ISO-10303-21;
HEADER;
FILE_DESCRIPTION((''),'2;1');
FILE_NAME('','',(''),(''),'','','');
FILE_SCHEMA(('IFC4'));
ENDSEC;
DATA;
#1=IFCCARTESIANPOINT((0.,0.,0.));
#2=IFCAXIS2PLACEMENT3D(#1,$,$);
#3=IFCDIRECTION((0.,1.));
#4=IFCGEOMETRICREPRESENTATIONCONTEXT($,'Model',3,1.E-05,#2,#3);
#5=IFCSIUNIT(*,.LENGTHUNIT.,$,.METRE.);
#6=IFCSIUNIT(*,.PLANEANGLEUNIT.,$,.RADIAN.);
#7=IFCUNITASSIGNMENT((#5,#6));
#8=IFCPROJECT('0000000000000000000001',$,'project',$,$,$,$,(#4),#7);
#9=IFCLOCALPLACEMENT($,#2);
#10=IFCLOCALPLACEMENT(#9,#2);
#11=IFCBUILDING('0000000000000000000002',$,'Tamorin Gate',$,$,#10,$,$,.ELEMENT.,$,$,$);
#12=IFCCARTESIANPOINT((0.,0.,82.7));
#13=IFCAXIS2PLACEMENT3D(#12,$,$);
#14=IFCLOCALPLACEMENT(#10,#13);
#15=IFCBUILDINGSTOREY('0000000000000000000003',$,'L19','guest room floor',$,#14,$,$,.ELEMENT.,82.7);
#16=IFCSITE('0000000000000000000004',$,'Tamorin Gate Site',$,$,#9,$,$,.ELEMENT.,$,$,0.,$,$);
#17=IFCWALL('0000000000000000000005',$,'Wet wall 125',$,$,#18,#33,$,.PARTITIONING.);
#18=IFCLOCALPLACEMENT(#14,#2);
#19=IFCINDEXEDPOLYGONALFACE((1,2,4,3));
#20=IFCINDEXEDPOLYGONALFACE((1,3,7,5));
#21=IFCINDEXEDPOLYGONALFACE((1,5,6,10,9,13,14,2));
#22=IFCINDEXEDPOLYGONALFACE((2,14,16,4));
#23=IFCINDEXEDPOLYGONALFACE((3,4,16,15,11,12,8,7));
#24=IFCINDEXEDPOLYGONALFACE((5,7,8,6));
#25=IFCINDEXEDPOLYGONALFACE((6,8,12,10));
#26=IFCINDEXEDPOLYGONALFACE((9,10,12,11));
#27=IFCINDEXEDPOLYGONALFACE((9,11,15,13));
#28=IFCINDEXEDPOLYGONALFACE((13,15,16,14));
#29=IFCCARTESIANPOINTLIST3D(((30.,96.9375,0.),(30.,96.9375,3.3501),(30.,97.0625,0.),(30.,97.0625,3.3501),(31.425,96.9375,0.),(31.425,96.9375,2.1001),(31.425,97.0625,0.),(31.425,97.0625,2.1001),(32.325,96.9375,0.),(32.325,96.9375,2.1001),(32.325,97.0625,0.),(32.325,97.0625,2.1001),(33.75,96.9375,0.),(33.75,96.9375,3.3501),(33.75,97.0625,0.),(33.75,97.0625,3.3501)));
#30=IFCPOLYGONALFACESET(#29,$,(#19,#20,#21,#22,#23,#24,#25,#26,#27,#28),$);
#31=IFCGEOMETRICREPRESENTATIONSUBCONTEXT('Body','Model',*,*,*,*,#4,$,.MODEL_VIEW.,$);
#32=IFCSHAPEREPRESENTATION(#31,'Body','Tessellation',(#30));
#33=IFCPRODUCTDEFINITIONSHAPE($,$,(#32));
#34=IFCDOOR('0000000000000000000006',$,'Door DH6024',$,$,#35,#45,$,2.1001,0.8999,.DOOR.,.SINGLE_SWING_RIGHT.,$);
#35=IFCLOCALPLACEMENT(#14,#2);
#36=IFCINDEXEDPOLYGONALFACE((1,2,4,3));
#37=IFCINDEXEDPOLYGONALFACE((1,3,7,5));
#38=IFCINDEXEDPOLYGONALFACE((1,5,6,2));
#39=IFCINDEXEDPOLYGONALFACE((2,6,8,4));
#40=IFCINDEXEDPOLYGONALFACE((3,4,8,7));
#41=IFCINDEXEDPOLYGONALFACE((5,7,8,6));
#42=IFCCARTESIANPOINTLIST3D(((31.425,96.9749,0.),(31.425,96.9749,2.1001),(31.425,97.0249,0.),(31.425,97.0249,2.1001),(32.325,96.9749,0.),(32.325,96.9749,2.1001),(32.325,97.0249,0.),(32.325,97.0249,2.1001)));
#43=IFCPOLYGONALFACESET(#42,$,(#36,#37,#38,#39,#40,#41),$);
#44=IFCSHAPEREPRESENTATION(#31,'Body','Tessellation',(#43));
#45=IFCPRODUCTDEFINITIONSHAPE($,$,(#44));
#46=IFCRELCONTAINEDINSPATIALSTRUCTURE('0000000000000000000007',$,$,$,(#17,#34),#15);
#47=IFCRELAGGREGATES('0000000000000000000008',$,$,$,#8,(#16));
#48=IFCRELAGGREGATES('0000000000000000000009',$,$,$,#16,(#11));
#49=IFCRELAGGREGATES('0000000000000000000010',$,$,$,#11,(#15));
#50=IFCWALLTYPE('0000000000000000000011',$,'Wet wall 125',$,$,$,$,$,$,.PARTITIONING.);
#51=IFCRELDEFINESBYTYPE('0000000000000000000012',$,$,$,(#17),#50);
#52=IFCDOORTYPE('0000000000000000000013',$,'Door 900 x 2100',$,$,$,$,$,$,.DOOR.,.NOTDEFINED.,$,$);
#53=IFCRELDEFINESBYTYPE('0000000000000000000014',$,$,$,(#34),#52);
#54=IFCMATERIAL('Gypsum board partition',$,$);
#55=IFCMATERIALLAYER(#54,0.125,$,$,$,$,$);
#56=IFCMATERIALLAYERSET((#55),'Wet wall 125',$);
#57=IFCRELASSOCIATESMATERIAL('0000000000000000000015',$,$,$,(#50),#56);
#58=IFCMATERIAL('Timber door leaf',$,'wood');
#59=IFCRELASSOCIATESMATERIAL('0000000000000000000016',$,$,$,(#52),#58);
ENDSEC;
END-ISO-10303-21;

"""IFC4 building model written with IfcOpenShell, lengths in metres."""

from ifc_helpers import new_model, si_unit, direction, frame, frame_2d, origin, place, context, subcontext, project, spatial, rectangle, extrude, material, layer, layer_set, type_object, element, fill, save


model = new_model("IFC4")

# Units and contexts
model_context = context("Model", 3, precision=1e-05, world=origin(), true_north=direction((0.0, 1.0)))
body_context = subcontext(model_context, "Body", "Model", "MODEL_VIEW")
ifc_project = project(units=[si_unit("LENGTHUNIT", "METRE"), si_unit("PLANEANGLEUNIT", "RADIAN")], contexts=[model_context])

# Site, building, storey
site_placement = place(None, origin())
site = spatial("IfcSite", under=ifc_project, at=site_placement, Name="Tamorin Gate Site", CompositionType="ELEMENT", RefElevation=0.0)
building_placement = place(site_placement, origin())
building = spatial("IfcBuilding", under=site, at=building_placement, Name="Tamorin Gate", CompositionType="ELEMENT")
storey_placement = place(building_placement, frame((0.0, 0.0, 82.7)))
storey = spatial("IfcBuildingStorey", under=building, at=storey_placement, Name="L19", Description="guest room floor", CompositionType="ELEMENT", Elevation=82.7)

# Shared definitions
ifc_material_1 = material(Name="Gypsum board partition")
ifc_material_2 = material(Name="Timber door leaf", Category="wood")

# Wall, opening, door
ifc_layer_1 = layer(ifc_material_1, 0.125)
ifc_layer_set_1 = layer_set([ifc_layer_1], Name="Wet wall 125")
wall_type_1 = type_object("IfcWallType", Name="Wet wall 125", PredefinedType="PARTITIONING", material=ifc_layer_set_1)
wall_1_placement = place(storey_placement, frame((30.0, 97.0, 0.0), z_axis=(0.0, 0.0, 1.0), x_axis=(1.0, 0.0, 0.0)))
wall_1 = element("IfcWall", 1, at=wall_1_placement, inside=storey, type_object=wall_type_1, Name="Wet wall 125", PredefinedType="PARTITIONING", context=body_context, shape_type="SweptSolid", body=[
    extrude(rectangle(XDim=3.75, YDim=0.125, at=frame_2d((1.875, 0.0))), origin(), (0.0, 0.0, 1.0), 3.3501),
])
opening_1_placement = place(wall_1_placement, frame((1.425, 0.0, 0.0)))
opening_1 = element("IfcOpeningElement", 2, at=opening_1_placement, cuts=wall_1, PredefinedType="OPENING", context=body_context, shape_type="SweptSolid", body=[
    extrude(rectangle(XDim=0.8999, YDim=2.1001, at=frame_2d((0.45, 1.05))), frame((0.0, 0.0725, 0.0), z_axis=(0.0, -1.0, 0.0), x_axis=(1.0, 0.0, 0.0)), (0.0, 0.0, 1.0), 0.145),
])
door_type_1 = type_object("IfcDoorType", Name="Door 900 x 2100", OperationType="NOTDEFINED", PredefinedType="DOOR", material=ifc_material_2)
door_1_placement = place(opening_1_placement, origin())
door_1 = element("IfcDoor", 3, at=door_1_placement, inside=storey, type_object=door_type_1, Name="Door DH6024", OperationType="SINGLE_SWING_RIGHT", OverallHeight=2.1001, OverallWidth=0.8999, PredefinedType="DOOR", context=body_context, shape_type="SweptSolid", body=[
    extrude(rectangle(XDim=0.8999, YDim=2.1001, at=frame_2d((0.45, 1.05))), frame((0.0, 0.0249, 0.0), z_axis=(0.0, -1.0, 0.0), x_axis=(1.0, 0.0, 0.0)), (0.0, 0.0, 1.0), 0.05),
])
fill(opening_1, door_1)

save(model, "model.ifc")
